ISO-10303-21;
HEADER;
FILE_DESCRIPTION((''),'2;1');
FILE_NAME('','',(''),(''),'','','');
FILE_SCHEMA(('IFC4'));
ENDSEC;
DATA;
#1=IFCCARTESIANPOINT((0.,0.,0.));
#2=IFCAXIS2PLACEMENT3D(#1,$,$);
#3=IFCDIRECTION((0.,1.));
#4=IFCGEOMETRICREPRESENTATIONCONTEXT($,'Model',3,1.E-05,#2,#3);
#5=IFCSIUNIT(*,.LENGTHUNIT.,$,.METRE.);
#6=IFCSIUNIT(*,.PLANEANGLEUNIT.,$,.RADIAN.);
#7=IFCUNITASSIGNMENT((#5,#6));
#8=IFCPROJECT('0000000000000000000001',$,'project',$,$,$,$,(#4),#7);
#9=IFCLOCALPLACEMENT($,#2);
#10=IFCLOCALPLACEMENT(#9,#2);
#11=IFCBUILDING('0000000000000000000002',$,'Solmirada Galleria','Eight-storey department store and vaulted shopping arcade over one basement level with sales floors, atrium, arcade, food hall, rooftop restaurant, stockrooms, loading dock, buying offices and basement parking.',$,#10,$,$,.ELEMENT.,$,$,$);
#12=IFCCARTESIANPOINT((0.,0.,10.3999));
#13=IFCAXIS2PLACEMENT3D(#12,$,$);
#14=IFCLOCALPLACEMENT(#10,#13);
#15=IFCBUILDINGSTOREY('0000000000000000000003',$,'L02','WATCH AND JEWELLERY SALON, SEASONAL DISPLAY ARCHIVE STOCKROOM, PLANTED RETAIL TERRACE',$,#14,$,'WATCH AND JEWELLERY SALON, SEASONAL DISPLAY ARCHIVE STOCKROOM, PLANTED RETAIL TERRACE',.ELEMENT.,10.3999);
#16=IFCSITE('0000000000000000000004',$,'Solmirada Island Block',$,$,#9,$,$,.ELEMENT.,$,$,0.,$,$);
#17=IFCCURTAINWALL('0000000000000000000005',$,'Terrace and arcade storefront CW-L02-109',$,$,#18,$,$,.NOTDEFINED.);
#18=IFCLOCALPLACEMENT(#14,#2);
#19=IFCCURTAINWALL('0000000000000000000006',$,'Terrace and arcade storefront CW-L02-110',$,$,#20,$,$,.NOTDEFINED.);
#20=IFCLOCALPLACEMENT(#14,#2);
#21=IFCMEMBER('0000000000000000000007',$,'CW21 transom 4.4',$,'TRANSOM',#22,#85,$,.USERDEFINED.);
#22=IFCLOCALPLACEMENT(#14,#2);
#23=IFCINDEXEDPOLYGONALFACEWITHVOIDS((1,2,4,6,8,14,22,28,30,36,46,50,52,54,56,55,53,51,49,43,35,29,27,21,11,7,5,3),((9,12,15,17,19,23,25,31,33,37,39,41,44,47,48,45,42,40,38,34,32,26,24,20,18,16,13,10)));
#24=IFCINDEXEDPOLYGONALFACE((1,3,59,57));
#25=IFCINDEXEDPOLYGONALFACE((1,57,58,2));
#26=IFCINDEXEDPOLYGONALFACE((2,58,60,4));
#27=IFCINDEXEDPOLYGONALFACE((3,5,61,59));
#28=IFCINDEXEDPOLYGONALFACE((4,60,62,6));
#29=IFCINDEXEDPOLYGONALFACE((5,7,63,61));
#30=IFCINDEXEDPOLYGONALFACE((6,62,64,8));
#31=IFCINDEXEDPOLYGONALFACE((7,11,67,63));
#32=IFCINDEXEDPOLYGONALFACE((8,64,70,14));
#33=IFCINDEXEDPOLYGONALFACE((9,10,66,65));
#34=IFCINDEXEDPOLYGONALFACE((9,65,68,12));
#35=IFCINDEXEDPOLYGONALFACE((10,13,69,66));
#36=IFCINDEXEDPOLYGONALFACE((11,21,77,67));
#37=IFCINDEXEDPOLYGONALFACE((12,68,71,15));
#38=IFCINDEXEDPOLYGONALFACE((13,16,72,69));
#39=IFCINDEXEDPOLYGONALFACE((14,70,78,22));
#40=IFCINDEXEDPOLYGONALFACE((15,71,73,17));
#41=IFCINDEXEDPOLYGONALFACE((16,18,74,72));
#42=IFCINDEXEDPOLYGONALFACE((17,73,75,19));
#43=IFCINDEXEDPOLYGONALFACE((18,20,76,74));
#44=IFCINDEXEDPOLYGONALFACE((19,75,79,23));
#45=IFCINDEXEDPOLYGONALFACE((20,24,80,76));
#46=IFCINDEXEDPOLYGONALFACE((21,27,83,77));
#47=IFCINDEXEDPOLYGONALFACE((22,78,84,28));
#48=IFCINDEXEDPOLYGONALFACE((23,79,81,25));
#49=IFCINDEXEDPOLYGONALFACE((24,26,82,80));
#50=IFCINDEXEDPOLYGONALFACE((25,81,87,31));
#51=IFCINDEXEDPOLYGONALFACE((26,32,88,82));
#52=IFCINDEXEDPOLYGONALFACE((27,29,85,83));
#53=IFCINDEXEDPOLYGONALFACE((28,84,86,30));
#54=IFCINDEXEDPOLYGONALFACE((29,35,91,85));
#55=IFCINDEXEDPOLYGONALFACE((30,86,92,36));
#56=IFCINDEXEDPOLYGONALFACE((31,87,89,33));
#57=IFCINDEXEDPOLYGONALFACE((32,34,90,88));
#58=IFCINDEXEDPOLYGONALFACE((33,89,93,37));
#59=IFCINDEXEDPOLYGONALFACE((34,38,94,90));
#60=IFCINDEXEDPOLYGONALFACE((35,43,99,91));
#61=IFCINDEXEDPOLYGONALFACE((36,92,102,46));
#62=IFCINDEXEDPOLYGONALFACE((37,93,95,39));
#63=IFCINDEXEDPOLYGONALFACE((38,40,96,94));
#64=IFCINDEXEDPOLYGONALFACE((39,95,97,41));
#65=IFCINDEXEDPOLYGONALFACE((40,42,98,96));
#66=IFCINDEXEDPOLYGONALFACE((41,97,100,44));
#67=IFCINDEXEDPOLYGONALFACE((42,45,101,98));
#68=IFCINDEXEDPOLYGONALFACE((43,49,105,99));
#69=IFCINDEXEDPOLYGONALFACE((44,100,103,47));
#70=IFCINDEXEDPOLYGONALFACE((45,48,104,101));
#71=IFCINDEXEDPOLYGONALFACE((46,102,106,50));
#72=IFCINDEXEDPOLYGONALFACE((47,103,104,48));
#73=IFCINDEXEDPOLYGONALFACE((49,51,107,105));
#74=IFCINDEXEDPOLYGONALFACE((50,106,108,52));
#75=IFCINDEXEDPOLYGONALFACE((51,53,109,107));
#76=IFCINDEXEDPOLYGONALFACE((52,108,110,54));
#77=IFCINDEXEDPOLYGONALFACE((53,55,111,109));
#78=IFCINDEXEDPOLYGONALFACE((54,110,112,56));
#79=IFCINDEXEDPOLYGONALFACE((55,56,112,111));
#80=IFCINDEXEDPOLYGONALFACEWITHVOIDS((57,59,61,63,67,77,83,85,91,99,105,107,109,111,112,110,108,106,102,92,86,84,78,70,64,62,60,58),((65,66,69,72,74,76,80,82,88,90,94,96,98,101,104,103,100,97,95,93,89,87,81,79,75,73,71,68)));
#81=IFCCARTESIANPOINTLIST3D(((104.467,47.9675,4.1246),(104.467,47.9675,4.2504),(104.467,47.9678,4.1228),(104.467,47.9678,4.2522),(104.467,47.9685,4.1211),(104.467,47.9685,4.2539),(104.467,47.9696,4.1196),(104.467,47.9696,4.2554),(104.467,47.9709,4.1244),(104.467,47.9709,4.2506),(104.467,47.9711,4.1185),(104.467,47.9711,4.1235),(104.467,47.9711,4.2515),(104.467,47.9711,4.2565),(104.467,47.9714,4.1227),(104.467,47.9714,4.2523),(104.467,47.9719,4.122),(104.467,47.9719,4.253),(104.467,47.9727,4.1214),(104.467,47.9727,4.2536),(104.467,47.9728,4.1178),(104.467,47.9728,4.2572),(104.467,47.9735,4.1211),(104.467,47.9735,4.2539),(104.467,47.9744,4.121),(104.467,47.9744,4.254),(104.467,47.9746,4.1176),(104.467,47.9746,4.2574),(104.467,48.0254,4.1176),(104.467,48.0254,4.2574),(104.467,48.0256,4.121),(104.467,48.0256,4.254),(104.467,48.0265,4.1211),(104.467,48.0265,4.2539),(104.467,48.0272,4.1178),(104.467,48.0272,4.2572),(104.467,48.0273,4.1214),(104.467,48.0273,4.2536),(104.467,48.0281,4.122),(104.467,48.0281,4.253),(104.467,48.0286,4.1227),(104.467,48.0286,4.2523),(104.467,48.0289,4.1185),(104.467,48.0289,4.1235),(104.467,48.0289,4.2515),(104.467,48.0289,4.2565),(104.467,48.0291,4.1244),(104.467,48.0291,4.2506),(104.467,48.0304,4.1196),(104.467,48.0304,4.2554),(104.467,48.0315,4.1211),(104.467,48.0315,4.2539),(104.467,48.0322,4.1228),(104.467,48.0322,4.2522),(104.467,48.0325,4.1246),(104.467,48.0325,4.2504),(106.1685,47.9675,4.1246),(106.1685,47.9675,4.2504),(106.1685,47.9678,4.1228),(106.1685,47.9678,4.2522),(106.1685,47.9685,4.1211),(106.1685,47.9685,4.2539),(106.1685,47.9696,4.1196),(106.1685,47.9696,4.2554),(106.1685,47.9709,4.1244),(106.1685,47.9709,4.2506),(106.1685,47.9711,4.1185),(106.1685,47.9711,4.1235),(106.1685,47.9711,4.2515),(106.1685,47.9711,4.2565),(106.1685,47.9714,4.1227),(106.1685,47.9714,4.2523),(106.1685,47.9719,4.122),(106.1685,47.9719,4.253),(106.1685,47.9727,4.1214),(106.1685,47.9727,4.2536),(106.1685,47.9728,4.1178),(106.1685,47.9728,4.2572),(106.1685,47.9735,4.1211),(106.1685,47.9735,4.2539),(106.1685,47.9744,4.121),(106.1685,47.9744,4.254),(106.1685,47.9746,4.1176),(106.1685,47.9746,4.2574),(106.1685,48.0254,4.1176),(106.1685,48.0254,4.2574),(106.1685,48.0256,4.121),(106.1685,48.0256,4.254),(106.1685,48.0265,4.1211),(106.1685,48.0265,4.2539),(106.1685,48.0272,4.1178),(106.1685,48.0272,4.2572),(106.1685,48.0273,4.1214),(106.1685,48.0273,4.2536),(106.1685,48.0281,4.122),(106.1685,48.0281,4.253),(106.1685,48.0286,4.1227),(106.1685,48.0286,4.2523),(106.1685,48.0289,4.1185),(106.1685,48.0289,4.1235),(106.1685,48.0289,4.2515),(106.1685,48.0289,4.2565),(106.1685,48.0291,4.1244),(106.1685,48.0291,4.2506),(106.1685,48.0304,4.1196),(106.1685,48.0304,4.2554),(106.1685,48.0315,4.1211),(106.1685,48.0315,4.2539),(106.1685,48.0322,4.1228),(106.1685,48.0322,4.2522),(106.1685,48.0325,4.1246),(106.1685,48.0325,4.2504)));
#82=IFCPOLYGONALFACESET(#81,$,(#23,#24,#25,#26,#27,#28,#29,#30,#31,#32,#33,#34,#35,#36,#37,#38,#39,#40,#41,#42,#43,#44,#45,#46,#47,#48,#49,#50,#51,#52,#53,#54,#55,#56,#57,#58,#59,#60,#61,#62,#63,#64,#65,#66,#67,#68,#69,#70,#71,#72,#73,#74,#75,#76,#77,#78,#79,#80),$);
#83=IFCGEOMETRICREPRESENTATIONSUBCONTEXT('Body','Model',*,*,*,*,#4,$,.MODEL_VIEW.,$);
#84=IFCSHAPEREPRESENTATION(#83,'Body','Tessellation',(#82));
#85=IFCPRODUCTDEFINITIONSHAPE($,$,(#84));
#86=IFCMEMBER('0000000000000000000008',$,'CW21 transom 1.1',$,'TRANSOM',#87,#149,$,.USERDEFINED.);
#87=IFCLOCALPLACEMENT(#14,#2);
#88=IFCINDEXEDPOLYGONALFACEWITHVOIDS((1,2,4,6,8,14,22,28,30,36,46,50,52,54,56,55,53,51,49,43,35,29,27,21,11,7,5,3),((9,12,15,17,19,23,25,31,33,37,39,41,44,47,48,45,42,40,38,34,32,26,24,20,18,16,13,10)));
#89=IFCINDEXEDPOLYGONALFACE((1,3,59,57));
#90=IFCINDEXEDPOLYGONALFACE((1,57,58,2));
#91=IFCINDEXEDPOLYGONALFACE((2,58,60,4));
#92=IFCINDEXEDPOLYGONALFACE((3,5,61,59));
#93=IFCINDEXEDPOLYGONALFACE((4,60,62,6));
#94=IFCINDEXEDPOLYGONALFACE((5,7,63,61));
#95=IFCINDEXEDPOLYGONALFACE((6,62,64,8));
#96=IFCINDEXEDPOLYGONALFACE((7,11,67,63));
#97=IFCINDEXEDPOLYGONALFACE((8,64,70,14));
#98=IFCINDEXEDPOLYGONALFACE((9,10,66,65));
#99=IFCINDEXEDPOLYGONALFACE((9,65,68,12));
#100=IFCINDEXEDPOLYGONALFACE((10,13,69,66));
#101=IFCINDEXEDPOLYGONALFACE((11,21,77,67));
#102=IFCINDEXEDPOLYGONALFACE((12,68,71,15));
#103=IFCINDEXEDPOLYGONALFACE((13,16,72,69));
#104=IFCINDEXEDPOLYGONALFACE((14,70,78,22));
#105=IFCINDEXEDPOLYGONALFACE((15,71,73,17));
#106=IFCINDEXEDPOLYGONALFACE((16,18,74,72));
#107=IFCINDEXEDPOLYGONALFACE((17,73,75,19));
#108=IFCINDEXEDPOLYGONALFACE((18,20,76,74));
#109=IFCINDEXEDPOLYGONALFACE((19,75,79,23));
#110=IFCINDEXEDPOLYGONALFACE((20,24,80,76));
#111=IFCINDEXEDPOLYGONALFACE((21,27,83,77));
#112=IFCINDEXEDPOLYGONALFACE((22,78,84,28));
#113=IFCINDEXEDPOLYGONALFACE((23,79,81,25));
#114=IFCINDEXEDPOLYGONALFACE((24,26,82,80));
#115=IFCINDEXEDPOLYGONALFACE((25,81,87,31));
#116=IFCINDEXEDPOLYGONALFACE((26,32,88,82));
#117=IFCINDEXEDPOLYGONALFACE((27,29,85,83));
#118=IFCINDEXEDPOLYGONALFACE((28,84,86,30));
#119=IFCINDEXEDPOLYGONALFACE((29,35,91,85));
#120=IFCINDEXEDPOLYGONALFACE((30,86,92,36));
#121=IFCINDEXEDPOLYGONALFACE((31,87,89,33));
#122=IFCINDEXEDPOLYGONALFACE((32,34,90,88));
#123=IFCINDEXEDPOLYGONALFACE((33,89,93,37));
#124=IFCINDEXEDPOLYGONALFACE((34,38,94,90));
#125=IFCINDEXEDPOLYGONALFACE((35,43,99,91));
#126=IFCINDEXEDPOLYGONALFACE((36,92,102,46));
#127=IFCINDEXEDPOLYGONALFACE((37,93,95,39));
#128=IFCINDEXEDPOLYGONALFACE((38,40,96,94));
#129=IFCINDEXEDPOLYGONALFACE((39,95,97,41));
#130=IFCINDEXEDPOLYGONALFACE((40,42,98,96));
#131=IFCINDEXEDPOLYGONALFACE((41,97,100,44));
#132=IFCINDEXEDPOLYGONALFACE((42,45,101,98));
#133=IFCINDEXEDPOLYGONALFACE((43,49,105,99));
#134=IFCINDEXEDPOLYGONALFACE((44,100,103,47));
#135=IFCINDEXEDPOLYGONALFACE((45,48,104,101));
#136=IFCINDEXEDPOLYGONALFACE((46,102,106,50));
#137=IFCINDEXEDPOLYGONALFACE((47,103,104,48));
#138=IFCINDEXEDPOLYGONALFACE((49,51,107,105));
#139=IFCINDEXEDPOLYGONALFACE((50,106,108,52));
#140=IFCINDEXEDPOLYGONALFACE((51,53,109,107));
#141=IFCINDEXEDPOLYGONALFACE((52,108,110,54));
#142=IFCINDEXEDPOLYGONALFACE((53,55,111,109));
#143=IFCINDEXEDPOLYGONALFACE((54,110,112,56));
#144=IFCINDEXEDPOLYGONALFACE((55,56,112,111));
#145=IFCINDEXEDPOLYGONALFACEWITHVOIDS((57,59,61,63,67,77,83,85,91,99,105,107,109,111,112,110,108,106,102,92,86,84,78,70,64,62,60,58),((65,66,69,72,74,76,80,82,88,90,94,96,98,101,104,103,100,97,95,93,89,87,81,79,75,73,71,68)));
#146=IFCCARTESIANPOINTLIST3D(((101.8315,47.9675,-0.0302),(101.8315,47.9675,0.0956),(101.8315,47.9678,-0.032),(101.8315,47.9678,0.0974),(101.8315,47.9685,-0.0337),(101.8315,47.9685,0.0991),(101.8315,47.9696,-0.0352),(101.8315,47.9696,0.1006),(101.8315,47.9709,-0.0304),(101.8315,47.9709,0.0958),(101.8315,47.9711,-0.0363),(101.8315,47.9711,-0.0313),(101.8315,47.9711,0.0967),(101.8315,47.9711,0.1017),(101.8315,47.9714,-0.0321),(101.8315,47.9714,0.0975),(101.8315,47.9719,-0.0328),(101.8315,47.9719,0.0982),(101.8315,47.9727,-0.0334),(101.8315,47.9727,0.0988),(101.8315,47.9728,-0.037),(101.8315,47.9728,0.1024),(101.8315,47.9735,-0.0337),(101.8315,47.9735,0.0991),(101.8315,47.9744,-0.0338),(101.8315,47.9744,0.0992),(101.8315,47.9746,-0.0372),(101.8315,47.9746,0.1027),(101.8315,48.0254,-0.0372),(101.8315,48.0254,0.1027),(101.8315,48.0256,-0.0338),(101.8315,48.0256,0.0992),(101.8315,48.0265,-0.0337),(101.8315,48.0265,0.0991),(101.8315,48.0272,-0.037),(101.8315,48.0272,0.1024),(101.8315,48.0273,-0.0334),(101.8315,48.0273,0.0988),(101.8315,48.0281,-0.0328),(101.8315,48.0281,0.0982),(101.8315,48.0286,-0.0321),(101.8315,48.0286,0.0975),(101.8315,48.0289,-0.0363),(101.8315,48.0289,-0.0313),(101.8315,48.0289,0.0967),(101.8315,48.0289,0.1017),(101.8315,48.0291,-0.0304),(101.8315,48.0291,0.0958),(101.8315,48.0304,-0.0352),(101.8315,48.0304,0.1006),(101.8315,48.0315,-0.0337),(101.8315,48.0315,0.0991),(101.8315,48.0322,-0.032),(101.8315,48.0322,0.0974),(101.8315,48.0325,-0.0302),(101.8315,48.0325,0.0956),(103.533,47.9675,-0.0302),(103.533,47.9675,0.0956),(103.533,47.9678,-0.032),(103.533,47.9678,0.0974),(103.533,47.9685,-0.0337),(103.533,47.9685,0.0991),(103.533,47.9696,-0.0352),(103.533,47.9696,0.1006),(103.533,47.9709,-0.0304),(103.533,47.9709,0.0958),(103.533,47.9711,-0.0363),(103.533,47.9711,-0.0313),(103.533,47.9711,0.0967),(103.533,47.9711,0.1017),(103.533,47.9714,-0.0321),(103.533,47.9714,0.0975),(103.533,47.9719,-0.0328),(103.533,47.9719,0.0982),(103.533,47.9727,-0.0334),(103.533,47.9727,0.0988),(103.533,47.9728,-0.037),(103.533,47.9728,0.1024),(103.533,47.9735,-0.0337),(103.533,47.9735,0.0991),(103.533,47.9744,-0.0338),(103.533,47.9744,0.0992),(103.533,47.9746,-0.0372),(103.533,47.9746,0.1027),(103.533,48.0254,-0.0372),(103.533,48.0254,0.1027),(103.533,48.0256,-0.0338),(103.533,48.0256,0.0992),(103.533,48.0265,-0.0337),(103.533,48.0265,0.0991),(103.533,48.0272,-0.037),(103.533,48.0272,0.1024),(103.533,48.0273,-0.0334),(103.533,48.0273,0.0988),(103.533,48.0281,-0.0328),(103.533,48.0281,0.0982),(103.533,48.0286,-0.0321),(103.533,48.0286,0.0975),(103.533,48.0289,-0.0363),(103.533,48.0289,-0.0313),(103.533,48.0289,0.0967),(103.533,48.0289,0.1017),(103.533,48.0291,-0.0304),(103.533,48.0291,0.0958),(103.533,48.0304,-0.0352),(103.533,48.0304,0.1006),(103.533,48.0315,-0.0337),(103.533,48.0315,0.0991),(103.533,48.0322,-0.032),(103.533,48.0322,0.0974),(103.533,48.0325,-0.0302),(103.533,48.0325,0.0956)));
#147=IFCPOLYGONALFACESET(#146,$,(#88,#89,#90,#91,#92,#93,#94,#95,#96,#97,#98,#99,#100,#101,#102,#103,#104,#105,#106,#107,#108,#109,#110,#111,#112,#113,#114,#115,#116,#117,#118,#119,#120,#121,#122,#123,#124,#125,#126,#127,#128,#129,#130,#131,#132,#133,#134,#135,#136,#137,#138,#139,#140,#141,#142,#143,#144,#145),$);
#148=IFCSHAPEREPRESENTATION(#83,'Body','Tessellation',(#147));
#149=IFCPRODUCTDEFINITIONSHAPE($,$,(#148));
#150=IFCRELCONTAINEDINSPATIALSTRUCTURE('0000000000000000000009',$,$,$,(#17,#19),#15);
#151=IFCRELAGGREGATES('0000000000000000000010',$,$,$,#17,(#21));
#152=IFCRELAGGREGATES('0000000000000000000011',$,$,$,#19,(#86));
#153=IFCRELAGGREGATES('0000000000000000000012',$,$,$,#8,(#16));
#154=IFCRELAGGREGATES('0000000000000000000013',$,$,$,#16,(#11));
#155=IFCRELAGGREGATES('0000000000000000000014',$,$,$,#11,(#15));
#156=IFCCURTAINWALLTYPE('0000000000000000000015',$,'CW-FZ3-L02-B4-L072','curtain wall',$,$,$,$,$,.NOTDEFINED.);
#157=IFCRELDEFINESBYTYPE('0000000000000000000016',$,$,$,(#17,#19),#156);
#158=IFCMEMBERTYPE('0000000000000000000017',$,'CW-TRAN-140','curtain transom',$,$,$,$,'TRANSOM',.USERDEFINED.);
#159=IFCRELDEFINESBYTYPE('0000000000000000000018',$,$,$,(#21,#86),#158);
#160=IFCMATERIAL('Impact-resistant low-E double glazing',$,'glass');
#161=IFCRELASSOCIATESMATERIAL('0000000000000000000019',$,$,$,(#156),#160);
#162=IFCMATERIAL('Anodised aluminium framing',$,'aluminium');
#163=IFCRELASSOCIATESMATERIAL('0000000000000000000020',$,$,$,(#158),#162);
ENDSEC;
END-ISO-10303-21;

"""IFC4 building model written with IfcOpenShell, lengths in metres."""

from ifc_helpers import new_model, si_unit, direction, frame, origin, origin_2d, place, context, subcontext, project, spatial, hollow_rectangle, extrude, material, material_profile, profile_set, type_object, element, aggregate, save


model = new_model("IFC4")

# Units and contexts
model_context = context("Model", 3, precision=1e-05, world=origin(), true_north=direction((0.0, 1.0)))
body_context = subcontext(model_context, "Body", "Model", "MODEL_VIEW")
ifc_project = project(units=[si_unit("LENGTHUNIT", "METRE"), si_unit("PLANEANGLEUNIT", "RADIAN")], contexts=[model_context])

# Site, building, storey
site_placement = place(None, origin())
site = spatial("IfcSite", under=ifc_project, at=site_placement, Name="Solmirada Island Block", CompositionType="ELEMENT", RefElevation=0.0)
building_placement = place(site_placement, origin())
building = spatial("IfcBuilding", under=site, at=building_placement, Name="Solmirada Galleria", Description="Eight-storey department store and vaulted shopping arcade over one basement level with sales floors, atrium, arcade, food hall, rooftop restaurant, stockrooms, loading dock, buying offices and basement parking.", CompositionType="ELEMENT")
storey_placement = place(building_placement, frame((0.0, 0.0, 10.3999)))
storey = spatial("IfcBuildingStorey", under=building, at=storey_placement, Name="L02", Description="WATCH AND JEWELLERY SALON, SEASONAL DISPLAY ARCHIVE STOCKROOM, PLANTED RETAIL TERRACE", LongName="WATCH AND JEWELLERY SALON, SEASONAL DISPLAY ARCHIVE STOCKROOM, PLANTED RETAIL TERRACE", CompositionType="ELEMENT", Elevation=10.3999)

# Curtain walls
ifc_material_1 = material(Name="Impact-resistant low-E double glazing", Category="glass")
curtain_wall_type = type_object("IfcCurtainWallType", Name="CW-FZ3-L02-B4-L072", Description="curtain wall", PredefinedType="NOTDEFINED", material=ifc_material_1)
curtain_wall_1_placement = place(storey_placement, origin())
curtain_wall_1 = element("IfcCurtainWall", 1, at=curtain_wall_1_placement, inside=storey, type_object=curtain_wall_type, Name="Terrace and arcade storefront CW-L02-109", PredefinedType="NOTDEFINED")
ifc_material_2 = material(Name="Anodised aluminium framing", Category="aluminium")
curtain_wall_2_placement = place(storey_placement, origin())
curtain_wall_2 = element("IfcCurtainWall", 2, at=curtain_wall_2_placement, inside=storey, type_object=curtain_wall_type, Name="Terrace and arcade storefront CW-L02-110", PredefinedType="NOTDEFINED")

# Members
ifc_material_profile_1 = material_profile(ifc_material_2, hollow_rectangle(XDim=0.0649, YDim=0.1399, WallThickness=0.0034, InnerFilletRadius=0.0034, OuterFilletRadius=0.0071, at=origin_2d()), Name="ALU-TRAN-140X65")
ifc_profile_set_1 = profile_set([ifc_material_profile_1], Name="Anodised aluminium framing")
member_type_1 = type_object("IfcMemberType", Name="CW-TRAN-140", Description="curtain transom", ElementType="TRANSOM", PredefinedType="USERDEFINED", material=ifc_profile_set_1)
member_1_placement = place(storey_placement, frame((106.1685, 48.0, 4.1875), z_axis=(-1.0, 0.0, 0.0), x_axis=(0.0, -1.0, 0.0)))
member_1 = element("IfcMember", 3, at=member_1_placement, type_object=member_type_1, Name="CW21 transom 4.4", ObjectType="TRANSOM", PredefinedType="USERDEFINED", context=body_context, shape_type="SweptSolid", body=[
    extrude(hollow_rectangle(XDim=0.0649, YDim=0.1399, WallThickness=0.0034, InnerFilletRadius=0.0034, OuterFilletRadius=0.0071, at=origin_2d()), origin(), (0.0, 0.0, 1.0), 1.7014),
])
member_2_placement = place(storey_placement, frame((103.533, 48.0, 0.0327), z_axis=(-1.0, 0.0, 0.0), x_axis=(0.0, -1.0, 0.0)))
member_2 = element("IfcMember", 4, at=member_2_placement, type_object=member_type_1, Name="CW21 transom 1.1", ObjectType="TRANSOM", PredefinedType="USERDEFINED", context=body_context, shape_type="SweptSolid", body=[
    extrude(hollow_rectangle(XDim=0.0649, YDim=0.1399, WallThickness=0.0034, InnerFilletRadius=0.0034, OuterFilletRadius=0.0071, at=origin_2d()), origin(), (0.0, 0.0, 1.0), 1.7014),
])

aggregate(curtain_wall_1, [member_1])
aggregate(curtain_wall_2, [member_2])

save(model, "model.ifc")
